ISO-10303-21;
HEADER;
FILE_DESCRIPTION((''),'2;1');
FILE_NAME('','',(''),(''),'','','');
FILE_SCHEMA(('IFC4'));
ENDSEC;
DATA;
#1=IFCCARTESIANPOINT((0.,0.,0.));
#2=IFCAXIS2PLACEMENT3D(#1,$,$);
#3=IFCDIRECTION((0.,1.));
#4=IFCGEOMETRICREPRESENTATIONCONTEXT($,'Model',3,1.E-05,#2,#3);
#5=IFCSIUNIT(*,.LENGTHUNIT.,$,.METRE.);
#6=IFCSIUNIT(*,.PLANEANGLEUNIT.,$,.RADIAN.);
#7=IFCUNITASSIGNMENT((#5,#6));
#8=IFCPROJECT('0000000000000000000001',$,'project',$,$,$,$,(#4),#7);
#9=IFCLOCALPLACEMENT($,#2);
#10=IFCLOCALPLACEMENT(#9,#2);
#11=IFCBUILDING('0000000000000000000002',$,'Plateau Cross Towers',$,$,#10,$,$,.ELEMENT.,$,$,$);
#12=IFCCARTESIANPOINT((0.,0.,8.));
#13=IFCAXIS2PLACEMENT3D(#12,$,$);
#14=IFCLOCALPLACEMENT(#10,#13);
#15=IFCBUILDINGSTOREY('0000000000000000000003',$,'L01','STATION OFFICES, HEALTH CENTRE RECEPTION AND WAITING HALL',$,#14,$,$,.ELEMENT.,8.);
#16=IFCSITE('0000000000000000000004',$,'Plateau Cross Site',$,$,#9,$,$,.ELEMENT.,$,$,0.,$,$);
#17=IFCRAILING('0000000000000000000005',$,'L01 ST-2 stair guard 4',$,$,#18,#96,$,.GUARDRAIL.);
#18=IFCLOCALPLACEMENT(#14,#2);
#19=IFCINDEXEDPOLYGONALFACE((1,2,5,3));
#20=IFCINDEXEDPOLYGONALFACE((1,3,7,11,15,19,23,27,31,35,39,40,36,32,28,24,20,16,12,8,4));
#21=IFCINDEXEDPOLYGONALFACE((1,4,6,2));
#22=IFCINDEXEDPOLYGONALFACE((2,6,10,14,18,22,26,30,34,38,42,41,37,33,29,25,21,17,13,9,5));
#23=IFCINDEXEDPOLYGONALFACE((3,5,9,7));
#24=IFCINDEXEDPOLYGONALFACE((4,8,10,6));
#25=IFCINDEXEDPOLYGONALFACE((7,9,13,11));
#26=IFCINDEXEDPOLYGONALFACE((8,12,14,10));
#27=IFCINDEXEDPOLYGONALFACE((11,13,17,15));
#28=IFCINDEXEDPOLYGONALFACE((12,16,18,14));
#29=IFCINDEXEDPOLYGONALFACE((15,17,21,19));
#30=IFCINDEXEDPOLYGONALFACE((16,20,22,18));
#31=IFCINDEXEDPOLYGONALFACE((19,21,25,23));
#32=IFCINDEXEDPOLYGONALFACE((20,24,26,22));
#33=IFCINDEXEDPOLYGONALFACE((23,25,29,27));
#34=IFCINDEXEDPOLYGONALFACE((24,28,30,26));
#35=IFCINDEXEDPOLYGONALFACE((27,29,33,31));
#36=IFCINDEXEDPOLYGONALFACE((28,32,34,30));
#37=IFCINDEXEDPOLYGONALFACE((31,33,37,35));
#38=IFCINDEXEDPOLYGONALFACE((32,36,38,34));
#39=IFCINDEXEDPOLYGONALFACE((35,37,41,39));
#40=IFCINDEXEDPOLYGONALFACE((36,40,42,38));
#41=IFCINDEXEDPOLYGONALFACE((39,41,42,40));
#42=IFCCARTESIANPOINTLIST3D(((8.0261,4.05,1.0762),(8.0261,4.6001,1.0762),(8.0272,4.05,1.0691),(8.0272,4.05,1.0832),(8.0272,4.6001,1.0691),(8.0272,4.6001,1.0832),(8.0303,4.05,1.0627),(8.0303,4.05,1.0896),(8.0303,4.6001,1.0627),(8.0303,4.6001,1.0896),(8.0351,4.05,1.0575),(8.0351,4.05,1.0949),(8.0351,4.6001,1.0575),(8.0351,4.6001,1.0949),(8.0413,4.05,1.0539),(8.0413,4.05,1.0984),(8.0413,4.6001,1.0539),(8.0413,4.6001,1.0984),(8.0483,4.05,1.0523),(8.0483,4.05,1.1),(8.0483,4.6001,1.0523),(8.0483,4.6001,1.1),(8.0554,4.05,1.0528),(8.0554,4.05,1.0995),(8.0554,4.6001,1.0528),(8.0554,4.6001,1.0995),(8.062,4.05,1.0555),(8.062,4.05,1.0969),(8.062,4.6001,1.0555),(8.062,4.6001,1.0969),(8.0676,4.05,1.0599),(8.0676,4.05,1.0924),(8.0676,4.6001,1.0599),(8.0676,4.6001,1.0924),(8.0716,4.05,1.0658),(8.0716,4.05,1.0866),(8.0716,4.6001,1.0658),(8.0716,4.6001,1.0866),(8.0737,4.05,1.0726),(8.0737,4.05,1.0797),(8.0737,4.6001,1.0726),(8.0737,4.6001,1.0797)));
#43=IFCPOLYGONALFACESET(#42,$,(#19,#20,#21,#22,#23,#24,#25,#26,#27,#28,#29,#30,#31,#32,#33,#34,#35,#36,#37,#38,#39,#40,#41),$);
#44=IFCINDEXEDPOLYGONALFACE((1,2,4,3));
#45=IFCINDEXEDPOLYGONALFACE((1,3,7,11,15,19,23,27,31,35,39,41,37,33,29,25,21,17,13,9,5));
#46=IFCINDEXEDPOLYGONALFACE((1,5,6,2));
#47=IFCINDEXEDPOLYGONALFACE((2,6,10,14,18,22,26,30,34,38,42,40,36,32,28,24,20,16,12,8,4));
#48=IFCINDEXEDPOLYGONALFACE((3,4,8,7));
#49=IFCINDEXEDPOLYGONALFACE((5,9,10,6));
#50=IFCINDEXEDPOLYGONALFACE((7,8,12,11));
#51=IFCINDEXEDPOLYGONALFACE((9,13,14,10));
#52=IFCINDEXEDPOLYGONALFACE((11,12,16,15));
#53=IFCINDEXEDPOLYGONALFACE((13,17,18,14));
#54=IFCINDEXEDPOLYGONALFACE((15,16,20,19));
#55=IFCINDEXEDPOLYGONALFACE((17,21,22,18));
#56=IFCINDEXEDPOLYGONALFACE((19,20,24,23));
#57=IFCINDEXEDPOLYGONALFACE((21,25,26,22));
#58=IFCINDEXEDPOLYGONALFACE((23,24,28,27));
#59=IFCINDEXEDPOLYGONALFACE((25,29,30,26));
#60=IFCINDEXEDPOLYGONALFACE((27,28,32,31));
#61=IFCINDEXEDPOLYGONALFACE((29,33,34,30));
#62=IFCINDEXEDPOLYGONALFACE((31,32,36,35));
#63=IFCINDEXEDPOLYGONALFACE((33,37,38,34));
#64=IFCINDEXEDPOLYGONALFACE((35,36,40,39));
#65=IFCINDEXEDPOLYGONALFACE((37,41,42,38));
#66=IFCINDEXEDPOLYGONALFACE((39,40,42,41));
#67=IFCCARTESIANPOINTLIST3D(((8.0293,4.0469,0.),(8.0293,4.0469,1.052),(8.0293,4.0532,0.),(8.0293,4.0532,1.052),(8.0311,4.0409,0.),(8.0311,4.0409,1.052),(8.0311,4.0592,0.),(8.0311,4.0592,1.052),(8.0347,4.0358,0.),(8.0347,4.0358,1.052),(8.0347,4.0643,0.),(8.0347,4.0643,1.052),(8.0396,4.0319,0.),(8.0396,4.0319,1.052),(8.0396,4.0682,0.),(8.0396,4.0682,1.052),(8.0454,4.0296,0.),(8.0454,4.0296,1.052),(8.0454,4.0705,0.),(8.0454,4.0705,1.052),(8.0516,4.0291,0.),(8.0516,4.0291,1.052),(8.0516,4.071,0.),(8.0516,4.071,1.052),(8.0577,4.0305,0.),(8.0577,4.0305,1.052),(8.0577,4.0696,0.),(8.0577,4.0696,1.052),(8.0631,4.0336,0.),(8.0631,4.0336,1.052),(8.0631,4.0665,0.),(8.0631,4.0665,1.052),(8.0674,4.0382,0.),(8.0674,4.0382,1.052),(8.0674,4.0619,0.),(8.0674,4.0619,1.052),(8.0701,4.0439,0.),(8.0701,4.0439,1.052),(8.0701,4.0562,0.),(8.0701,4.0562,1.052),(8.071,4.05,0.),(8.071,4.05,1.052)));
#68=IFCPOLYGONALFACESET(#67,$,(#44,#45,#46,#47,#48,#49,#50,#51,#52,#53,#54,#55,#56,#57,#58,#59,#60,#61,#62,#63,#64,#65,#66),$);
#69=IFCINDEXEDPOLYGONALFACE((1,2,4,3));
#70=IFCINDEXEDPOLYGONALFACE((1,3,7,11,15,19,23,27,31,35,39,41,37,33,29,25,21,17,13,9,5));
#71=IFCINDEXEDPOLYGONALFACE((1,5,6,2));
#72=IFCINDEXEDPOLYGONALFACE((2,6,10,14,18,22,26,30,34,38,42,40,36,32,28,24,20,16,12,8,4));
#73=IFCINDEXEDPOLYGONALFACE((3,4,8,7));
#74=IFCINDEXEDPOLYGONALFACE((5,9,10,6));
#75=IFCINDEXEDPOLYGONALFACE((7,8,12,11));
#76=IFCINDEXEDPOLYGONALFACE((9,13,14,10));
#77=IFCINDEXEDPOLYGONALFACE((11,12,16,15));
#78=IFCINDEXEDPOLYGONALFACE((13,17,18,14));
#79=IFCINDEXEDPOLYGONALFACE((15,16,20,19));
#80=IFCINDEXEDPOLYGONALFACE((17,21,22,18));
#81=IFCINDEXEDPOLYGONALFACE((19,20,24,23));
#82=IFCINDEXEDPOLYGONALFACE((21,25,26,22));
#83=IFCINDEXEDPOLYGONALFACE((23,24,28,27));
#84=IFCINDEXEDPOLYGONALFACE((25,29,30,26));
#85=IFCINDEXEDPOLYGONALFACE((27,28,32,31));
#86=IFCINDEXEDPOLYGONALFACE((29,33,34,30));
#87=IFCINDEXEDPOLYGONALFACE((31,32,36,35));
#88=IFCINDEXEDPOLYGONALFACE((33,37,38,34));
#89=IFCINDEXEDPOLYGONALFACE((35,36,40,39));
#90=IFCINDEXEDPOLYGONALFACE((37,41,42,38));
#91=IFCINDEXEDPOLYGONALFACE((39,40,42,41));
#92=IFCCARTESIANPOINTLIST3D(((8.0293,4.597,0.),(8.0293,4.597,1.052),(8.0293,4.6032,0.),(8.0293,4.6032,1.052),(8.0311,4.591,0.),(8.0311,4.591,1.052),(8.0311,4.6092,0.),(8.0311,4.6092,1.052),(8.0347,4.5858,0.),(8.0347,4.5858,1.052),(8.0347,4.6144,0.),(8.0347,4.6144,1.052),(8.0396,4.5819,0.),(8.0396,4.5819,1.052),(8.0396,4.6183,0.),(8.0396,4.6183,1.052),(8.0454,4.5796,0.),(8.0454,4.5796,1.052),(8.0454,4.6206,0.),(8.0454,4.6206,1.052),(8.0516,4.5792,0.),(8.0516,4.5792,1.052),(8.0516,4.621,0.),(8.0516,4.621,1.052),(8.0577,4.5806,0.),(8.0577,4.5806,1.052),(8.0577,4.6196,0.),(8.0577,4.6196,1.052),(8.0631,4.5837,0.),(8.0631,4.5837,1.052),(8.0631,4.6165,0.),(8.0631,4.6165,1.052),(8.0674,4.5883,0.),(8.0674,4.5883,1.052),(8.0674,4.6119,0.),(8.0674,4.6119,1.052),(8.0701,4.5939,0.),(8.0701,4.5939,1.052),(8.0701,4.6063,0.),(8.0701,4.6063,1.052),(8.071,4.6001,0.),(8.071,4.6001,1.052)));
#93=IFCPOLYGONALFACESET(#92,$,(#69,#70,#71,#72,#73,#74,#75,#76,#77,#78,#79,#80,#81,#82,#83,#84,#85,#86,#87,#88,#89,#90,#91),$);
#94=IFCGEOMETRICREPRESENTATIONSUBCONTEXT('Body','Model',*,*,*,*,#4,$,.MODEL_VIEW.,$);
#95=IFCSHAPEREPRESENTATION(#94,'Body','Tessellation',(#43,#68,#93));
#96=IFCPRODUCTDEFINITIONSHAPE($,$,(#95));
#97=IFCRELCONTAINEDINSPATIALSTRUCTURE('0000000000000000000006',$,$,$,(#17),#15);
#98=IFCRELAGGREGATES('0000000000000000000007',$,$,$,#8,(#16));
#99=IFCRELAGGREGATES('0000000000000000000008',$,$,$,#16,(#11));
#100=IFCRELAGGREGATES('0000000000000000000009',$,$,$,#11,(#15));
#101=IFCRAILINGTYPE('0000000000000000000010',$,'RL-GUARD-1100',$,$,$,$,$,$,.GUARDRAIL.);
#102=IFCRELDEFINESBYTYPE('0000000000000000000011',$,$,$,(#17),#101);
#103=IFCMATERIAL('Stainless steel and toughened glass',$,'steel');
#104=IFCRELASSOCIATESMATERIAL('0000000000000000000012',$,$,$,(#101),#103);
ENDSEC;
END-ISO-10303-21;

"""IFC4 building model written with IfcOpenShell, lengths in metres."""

from ifc_helpers import new_model, si_unit, direction, frame, origin, origin_2d, place, context, subcontext, project, spatial, circle, extrude, material, type_object, element, save


model = new_model("IFC4")

# Units and contexts
model_context = context("Model", 3, precision=1e-05, world=origin(), true_north=direction((0.0, 1.0)))
body_context = subcontext(model_context, "Body", "Model", "MODEL_VIEW")
ifc_project = project(units=[si_unit("LENGTHUNIT", "METRE"), si_unit("PLANEANGLEUNIT", "RADIAN")], contexts=[model_context])

# Site, building, storey
site_placement = place(None, origin())
site = spatial("IfcSite", under=ifc_project, at=site_placement, Name="Plateau Cross Site", CompositionType="ELEMENT", RefElevation=0.0)
building_placement = place(site_placement, origin())
building = spatial("IfcBuilding", under=site, at=building_placement, Name="Plateau Cross Towers", CompositionType="ELEMENT")
storey_placement = place(building_placement, frame((0.0, 0.0, 8.0)))
storey = spatial("IfcBuildingStorey", under=building, at=storey_placement, Name="L01", Description="STATION OFFICES, HEALTH CENTRE RECEPTION AND WAITING HALL", CompositionType="ELEMENT", Elevation=8.0)

# Railing
ifc_material_1 = material(Name="Stainless steel and toughened glass", Category="steel")
railing_type_1 = type_object("IfcRailingType", Name="RL-GUARD-1100", PredefinedType="GUARDRAIL", material=ifc_material_1)
railing_1_placement = place(storey_placement, frame((8.05, 4.05, 0.0)))
element("IfcRailing", 1, at=railing_1_placement, inside=storey, type_object=railing_type_1, Name="L01 ST-2 stair guard 4", PredefinedType="GUARDRAIL", context=body_context, shape_type="SweptSolid", body=[
    extrude(circle(Radius=0.0239, at=origin_2d()), frame((0.0, 0.0, 1.0762), z_axis=(0.0, 1.0, 0.0), x_axis=(-1.0, 0.0, 0.0)), (0.0, 0.0, 1.0), 0.55),
    extrude(circle(Radius=0.021, at=origin_2d()), origin(), (0.0, 0.0, 1.0), 1.052),
    extrude(circle(Radius=0.021, at=origin_2d()), frame((0.0, 0.55, 0.0)), (0.0, 0.0, 1.0), 1.052),
])

save(model, "model.ifc")
